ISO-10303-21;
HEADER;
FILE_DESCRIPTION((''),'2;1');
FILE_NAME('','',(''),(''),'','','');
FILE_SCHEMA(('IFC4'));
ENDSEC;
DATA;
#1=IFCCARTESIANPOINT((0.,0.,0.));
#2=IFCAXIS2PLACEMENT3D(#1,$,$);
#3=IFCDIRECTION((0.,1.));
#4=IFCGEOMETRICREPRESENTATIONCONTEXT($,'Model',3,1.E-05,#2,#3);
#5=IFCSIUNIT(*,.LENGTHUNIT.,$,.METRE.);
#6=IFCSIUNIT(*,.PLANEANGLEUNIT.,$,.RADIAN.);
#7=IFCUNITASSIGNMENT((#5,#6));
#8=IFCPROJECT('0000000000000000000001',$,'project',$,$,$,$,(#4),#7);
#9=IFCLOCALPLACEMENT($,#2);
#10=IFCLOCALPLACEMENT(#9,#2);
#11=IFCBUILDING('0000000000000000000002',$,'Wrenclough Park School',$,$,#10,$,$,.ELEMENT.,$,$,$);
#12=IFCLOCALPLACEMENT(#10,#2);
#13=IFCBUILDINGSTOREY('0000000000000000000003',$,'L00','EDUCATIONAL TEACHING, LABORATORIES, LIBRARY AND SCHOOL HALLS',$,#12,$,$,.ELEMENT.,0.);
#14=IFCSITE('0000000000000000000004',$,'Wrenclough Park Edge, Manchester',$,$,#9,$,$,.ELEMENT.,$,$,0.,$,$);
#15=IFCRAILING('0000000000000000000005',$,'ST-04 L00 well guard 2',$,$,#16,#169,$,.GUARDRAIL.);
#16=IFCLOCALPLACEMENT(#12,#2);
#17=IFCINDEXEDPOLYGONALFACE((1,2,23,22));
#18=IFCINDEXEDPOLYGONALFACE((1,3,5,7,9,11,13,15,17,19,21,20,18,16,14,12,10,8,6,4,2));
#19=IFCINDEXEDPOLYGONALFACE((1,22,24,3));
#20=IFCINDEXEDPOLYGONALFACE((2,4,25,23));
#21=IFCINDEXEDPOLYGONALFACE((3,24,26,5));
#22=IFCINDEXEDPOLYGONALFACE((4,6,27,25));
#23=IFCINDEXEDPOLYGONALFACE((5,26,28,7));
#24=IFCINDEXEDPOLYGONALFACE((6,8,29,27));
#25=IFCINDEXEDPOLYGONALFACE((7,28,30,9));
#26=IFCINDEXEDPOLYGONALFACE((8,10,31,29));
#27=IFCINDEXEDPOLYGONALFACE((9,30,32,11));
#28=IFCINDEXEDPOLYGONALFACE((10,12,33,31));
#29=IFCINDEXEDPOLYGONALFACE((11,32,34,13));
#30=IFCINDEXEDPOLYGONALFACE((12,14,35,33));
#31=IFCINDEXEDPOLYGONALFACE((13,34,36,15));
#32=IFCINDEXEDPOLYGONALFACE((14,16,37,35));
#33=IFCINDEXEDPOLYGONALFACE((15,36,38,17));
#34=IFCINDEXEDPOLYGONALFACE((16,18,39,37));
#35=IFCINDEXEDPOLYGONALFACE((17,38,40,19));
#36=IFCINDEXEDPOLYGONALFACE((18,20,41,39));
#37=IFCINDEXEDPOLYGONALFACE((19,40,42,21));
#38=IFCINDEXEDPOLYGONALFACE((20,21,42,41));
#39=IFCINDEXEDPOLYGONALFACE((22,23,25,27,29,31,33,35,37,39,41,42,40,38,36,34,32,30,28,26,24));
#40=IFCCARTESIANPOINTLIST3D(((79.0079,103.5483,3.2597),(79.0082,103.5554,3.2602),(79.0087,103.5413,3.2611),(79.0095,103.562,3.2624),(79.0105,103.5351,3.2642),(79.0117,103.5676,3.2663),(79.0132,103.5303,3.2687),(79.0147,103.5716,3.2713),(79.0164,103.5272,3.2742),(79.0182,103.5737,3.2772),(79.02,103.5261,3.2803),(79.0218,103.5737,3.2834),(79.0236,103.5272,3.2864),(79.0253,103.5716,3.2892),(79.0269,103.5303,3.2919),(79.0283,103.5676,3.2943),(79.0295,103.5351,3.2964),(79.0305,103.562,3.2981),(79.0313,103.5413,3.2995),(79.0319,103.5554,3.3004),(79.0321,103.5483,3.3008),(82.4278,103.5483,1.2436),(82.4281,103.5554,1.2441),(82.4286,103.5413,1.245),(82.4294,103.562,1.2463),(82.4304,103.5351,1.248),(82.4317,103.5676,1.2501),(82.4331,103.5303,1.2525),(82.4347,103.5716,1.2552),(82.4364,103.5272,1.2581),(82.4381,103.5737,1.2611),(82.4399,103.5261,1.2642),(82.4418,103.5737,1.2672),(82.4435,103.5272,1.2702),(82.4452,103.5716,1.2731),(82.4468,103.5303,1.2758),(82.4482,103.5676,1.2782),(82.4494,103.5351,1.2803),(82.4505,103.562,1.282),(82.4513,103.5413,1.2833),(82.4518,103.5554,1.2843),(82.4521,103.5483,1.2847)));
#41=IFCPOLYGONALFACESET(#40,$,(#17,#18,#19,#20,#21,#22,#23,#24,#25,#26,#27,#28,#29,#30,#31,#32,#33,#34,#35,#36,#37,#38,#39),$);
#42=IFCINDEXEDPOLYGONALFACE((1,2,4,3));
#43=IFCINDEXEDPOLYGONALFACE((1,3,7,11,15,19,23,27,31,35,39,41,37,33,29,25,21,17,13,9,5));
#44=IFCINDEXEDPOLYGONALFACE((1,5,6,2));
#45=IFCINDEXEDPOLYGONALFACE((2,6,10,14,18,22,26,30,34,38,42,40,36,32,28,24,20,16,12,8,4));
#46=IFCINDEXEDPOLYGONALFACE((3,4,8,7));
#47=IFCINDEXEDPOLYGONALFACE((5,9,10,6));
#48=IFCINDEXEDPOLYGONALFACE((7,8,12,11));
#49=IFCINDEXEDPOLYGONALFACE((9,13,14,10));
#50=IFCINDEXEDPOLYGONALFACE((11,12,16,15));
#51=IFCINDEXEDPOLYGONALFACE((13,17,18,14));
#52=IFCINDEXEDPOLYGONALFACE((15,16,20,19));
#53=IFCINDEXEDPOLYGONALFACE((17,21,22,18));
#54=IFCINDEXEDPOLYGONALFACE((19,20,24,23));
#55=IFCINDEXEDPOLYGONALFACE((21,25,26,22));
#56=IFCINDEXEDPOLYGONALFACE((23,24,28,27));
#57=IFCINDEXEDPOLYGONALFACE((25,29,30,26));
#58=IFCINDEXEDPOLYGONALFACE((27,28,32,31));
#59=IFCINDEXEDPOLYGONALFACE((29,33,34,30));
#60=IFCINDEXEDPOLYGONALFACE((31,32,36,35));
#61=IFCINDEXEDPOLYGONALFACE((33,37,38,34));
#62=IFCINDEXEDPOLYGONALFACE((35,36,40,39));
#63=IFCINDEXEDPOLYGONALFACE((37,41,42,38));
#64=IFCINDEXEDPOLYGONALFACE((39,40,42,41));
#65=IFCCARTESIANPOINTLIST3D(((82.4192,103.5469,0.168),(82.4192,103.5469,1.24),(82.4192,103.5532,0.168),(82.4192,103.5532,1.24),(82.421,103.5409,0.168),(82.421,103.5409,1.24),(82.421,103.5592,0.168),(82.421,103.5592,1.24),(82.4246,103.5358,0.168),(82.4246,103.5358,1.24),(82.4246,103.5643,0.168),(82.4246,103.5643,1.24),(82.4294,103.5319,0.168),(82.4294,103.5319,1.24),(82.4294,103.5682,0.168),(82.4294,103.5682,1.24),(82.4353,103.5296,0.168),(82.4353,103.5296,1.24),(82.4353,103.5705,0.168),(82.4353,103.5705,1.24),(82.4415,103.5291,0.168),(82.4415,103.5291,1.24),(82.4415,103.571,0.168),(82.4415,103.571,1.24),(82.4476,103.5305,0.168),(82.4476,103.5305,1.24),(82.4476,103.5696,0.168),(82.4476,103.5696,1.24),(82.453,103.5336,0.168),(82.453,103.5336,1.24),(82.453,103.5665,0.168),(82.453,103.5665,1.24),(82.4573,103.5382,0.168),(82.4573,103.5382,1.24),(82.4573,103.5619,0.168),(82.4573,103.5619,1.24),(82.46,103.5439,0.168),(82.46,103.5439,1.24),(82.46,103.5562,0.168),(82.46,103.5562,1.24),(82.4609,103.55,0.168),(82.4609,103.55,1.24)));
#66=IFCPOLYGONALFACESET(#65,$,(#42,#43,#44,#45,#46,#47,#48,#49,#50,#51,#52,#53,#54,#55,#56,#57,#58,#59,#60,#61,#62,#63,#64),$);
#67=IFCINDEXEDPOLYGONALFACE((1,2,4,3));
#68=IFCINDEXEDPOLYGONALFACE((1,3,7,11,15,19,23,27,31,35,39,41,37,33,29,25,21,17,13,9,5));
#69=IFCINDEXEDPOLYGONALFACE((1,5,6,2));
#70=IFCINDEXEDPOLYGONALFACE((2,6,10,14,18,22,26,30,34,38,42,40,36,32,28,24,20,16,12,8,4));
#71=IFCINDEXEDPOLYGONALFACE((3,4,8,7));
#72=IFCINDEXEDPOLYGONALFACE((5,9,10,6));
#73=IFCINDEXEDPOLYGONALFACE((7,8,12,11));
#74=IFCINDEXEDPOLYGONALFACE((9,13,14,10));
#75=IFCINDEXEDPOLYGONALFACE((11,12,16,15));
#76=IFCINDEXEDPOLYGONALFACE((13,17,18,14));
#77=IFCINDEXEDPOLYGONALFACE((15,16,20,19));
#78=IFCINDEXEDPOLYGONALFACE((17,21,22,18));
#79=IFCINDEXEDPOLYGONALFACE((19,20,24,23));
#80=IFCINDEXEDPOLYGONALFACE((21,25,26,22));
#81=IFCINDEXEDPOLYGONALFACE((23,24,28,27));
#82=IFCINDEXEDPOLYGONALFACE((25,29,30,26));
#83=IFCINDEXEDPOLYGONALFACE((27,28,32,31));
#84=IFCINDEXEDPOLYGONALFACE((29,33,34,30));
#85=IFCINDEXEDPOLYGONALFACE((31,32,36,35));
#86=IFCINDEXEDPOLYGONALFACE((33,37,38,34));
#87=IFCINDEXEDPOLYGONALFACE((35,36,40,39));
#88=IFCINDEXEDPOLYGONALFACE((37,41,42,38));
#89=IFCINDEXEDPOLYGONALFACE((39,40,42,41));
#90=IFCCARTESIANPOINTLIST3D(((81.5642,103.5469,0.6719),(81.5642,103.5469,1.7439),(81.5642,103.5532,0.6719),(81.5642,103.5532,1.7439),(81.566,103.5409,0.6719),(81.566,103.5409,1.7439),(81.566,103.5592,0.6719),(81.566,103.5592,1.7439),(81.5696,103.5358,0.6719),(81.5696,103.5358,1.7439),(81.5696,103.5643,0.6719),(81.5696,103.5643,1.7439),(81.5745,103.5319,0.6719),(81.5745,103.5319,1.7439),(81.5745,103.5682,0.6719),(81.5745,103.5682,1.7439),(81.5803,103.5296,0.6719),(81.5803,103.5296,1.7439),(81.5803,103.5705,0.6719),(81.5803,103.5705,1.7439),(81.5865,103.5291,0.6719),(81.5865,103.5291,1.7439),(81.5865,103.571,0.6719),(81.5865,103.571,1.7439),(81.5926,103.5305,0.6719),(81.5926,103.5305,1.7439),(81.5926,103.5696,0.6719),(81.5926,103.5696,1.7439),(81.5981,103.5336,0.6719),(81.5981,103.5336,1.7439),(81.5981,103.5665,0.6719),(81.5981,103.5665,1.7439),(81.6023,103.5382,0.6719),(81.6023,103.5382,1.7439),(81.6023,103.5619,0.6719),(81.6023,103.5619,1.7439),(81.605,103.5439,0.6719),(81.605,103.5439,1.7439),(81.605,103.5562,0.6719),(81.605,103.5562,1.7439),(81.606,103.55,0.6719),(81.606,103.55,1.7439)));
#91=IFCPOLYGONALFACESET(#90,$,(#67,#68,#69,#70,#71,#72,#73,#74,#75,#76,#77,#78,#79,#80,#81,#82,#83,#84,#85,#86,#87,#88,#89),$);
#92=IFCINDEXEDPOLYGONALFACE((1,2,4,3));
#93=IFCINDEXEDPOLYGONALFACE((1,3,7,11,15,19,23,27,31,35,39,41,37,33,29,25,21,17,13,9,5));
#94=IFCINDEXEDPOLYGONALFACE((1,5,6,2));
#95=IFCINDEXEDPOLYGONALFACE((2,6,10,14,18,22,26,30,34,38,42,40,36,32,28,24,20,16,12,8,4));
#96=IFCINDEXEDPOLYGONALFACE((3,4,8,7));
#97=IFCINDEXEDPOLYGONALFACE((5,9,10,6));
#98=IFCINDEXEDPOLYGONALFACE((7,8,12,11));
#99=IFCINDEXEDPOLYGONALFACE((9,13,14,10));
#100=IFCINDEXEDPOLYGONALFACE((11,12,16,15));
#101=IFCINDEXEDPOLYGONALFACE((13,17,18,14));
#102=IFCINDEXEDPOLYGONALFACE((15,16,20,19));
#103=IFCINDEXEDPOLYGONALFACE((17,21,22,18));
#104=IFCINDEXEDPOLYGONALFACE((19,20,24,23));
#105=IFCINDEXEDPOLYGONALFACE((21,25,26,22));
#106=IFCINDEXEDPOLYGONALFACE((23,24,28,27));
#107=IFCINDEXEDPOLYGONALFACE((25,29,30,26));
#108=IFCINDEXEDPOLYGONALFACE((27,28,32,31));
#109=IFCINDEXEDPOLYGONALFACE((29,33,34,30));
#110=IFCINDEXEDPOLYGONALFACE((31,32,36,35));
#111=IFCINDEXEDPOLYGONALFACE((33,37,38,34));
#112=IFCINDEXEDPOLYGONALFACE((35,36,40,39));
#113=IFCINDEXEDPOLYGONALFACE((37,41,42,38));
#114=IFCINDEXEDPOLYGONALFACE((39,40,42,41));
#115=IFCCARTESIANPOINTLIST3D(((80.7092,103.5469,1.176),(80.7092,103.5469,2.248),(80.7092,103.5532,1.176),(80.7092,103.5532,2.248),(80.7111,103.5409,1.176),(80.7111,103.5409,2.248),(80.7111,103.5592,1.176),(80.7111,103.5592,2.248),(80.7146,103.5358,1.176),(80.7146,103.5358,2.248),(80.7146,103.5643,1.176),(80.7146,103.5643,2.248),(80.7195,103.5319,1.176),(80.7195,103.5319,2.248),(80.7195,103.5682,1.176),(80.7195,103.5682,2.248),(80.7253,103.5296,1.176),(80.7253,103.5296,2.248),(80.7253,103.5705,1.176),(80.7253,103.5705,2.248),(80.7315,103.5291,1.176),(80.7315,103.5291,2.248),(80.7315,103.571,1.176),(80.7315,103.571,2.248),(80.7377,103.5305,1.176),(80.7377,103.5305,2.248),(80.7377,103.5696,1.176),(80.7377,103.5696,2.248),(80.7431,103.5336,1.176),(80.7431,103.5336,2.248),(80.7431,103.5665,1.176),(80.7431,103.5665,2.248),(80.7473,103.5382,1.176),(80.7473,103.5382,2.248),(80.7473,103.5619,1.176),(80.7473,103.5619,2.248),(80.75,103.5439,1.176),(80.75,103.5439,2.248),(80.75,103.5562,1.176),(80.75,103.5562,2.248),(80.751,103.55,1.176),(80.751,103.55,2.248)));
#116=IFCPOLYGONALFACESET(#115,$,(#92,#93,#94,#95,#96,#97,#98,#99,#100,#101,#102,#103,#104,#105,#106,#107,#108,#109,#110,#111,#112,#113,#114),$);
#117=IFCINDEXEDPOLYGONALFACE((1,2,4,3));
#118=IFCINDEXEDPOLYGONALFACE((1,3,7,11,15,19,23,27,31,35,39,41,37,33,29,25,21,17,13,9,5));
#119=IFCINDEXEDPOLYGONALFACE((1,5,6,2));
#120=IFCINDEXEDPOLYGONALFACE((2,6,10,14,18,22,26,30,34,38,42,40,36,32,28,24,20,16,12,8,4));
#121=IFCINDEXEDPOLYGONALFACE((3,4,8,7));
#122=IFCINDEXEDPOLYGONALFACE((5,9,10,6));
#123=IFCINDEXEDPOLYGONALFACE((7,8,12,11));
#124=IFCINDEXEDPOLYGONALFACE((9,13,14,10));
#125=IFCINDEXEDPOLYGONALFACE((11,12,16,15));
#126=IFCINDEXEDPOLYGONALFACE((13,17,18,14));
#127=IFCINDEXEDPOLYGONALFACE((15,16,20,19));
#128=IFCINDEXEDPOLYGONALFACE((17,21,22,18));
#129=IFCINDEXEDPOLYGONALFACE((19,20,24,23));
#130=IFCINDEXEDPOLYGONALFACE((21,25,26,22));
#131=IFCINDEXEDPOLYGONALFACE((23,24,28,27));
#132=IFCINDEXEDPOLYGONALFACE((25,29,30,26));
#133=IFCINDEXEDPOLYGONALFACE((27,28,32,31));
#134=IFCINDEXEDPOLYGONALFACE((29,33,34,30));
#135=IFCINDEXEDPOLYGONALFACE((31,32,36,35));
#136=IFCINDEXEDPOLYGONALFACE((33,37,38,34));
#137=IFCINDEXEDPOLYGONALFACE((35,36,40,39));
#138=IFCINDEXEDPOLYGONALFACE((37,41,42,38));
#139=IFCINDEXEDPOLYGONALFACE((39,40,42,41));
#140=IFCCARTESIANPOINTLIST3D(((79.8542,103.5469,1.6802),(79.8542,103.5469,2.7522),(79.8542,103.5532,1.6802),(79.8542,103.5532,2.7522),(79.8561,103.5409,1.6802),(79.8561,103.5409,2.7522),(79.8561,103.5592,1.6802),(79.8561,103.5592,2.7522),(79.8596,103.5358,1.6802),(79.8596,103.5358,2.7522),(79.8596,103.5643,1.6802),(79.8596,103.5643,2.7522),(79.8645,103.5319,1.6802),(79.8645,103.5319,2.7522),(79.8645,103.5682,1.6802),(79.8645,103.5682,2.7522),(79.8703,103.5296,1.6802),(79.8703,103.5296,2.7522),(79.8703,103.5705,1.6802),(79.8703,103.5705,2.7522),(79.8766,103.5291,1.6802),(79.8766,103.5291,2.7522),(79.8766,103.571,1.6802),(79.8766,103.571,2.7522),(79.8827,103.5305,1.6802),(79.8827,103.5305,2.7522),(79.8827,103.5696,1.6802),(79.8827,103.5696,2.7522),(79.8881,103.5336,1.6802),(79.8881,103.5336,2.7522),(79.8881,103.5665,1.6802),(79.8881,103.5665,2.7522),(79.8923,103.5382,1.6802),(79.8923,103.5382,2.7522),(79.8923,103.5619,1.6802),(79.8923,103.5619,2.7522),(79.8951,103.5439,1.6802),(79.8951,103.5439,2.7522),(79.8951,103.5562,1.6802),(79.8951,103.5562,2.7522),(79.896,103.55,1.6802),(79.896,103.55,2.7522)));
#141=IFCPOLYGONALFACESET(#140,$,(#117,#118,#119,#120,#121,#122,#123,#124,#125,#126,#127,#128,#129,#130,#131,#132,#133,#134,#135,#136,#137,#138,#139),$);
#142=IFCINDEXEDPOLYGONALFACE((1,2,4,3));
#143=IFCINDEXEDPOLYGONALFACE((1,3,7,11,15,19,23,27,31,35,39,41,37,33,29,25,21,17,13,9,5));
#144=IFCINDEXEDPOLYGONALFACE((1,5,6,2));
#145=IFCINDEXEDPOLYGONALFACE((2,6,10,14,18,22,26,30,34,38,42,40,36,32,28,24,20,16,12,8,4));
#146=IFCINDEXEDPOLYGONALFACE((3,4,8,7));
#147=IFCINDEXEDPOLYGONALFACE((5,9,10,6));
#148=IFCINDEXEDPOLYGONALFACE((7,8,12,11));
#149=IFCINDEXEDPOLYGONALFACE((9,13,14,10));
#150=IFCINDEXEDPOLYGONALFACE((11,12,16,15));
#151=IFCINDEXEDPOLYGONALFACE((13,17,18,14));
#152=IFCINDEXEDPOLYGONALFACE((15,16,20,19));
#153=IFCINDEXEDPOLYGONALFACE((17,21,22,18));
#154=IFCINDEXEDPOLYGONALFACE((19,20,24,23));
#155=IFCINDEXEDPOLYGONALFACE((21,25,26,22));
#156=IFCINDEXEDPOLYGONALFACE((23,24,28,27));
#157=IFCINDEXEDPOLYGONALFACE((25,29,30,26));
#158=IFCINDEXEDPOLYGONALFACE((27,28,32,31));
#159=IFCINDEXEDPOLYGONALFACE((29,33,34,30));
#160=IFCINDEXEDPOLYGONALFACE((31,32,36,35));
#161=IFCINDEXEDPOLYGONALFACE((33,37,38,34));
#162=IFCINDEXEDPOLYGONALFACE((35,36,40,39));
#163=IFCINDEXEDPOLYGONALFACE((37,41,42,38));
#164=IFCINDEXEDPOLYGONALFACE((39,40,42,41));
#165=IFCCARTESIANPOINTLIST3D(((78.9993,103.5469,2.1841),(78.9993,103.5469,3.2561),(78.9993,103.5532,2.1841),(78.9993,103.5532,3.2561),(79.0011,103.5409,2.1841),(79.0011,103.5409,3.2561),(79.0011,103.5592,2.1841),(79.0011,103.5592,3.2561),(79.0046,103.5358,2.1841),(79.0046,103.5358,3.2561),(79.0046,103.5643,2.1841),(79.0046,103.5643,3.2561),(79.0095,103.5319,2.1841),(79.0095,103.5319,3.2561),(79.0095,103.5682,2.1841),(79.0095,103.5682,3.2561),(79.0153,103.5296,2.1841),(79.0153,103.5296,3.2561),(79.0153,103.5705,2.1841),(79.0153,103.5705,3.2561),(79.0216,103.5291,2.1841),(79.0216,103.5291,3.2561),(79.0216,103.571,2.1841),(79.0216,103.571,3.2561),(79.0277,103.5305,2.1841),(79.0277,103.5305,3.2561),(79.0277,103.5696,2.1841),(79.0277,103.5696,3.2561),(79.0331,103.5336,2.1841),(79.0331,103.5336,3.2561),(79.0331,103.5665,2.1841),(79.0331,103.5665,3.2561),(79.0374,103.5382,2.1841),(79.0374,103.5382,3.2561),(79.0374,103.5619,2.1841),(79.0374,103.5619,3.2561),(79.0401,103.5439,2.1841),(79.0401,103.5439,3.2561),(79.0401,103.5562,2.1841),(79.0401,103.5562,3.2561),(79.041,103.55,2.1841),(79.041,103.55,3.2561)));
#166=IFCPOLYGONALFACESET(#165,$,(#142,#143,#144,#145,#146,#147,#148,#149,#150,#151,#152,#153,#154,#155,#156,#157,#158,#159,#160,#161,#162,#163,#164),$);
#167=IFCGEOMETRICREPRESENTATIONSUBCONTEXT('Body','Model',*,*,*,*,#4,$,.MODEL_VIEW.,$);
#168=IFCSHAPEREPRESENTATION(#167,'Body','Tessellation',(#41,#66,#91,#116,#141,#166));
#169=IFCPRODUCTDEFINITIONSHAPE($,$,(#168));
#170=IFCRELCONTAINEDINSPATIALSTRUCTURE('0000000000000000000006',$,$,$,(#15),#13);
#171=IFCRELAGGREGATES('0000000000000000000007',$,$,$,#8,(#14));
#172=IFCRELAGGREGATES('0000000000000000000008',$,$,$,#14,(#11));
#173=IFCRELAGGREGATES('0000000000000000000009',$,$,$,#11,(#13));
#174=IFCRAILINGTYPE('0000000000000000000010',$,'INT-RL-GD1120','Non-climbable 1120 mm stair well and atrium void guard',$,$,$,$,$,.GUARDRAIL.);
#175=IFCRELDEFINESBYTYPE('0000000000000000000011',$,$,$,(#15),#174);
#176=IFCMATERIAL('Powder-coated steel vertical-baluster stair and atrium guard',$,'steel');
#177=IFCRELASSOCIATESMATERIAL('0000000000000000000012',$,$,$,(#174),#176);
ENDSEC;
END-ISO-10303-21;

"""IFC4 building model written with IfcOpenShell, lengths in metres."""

from ifc_helpers import new_model, si_unit, direction, frame, origin, origin_2d, place, context, subcontext, project, spatial, circle, extrude, material, type_object, element, save


model = new_model("IFC4")

# Units and contexts
model_context = context("Model", 3, precision=1e-05, world=origin(), true_north=direction((0.0, 1.0)))
body_context = subcontext(model_context, "Body", "Model", "MODEL_VIEW")
ifc_project = project(units=[si_unit("LENGTHUNIT", "METRE"), si_unit("PLANEANGLEUNIT", "RADIAN")], contexts=[model_context])

# Site, building, storey
site_placement = place(None, origin())
site = spatial("IfcSite", under=ifc_project, at=site_placement, Name="Wrenclough Park Edge, Manchester", CompositionType="ELEMENT", RefElevation=0.0)
building_placement = place(site_placement, origin())
building = spatial("IfcBuilding", under=site, at=building_placement, Name="Wrenclough Park School", CompositionType="ELEMENT")
storey_placement = place(building_placement, origin())
storey = spatial("IfcBuildingStorey", under=building, at=storey_placement, Name="L00", Description="EDUCATIONAL TEACHING, LABORATORIES, LIBRARY AND SCHOOL HALLS", CompositionType="ELEMENT", Elevation=0.0)

# Railing
ifc_material_1 = material(Name="Powder-coated steel vertical-baluster stair and atrium guard", Category="steel")
railing_type_1 = type_object("IfcRailingType", Name="INT-RL-GD1120", Description="Non-climbable 1120 mm stair well and atrium void guard", PredefinedType="GUARDRAIL", material=ifc_material_1)
railing_1_placement = place(storey_placement, frame((82.4399, 103.55, 0.168)))
element("IfcRailing", 1, at=railing_1_placement, inside=storey, type_object=railing_type_1, Name="ST-04 L00 well guard 2", PredefinedType="GUARDRAIL", context=body_context, shape_type="SweptSolid", body=[
    extrude(circle(Radius=0.0239, at=origin_2d()), frame((0.0, 0.0, 1.0962), z_axis=(-0.86145, 0.0, 0.507842), x_axis=(0.0, -1.0, 0.0)), (0.0, 0.0, 1.0), 3.97),
    extrude(circle(Radius=0.021, at=origin_2d()), origin(), (0.0, 0.0, 1.0), 1.072),
    extrude(circle(Radius=0.021, at=origin_2d()), frame((-0.855, 0.0, 0.5039)), (0.0, 0.0, 1.0), 1.072),
    extrude(circle(Radius=0.021, at=origin_2d()), frame((-1.71, 0.0, 1.0081)), (0.0, 0.0, 1.0), 1.072),
    extrude(circle(Radius=0.021, at=origin_2d()), frame((-2.5649, 0.0, 1.5122)), (0.0, 0.0, 1.0), 1.072),
    extrude(circle(Radius=0.021, at=origin_2d()), frame((-3.4199, 0.0, 2.0161)), (0.0, 0.0, 1.0), 1.072),
])

save(model, "model.ifc")
